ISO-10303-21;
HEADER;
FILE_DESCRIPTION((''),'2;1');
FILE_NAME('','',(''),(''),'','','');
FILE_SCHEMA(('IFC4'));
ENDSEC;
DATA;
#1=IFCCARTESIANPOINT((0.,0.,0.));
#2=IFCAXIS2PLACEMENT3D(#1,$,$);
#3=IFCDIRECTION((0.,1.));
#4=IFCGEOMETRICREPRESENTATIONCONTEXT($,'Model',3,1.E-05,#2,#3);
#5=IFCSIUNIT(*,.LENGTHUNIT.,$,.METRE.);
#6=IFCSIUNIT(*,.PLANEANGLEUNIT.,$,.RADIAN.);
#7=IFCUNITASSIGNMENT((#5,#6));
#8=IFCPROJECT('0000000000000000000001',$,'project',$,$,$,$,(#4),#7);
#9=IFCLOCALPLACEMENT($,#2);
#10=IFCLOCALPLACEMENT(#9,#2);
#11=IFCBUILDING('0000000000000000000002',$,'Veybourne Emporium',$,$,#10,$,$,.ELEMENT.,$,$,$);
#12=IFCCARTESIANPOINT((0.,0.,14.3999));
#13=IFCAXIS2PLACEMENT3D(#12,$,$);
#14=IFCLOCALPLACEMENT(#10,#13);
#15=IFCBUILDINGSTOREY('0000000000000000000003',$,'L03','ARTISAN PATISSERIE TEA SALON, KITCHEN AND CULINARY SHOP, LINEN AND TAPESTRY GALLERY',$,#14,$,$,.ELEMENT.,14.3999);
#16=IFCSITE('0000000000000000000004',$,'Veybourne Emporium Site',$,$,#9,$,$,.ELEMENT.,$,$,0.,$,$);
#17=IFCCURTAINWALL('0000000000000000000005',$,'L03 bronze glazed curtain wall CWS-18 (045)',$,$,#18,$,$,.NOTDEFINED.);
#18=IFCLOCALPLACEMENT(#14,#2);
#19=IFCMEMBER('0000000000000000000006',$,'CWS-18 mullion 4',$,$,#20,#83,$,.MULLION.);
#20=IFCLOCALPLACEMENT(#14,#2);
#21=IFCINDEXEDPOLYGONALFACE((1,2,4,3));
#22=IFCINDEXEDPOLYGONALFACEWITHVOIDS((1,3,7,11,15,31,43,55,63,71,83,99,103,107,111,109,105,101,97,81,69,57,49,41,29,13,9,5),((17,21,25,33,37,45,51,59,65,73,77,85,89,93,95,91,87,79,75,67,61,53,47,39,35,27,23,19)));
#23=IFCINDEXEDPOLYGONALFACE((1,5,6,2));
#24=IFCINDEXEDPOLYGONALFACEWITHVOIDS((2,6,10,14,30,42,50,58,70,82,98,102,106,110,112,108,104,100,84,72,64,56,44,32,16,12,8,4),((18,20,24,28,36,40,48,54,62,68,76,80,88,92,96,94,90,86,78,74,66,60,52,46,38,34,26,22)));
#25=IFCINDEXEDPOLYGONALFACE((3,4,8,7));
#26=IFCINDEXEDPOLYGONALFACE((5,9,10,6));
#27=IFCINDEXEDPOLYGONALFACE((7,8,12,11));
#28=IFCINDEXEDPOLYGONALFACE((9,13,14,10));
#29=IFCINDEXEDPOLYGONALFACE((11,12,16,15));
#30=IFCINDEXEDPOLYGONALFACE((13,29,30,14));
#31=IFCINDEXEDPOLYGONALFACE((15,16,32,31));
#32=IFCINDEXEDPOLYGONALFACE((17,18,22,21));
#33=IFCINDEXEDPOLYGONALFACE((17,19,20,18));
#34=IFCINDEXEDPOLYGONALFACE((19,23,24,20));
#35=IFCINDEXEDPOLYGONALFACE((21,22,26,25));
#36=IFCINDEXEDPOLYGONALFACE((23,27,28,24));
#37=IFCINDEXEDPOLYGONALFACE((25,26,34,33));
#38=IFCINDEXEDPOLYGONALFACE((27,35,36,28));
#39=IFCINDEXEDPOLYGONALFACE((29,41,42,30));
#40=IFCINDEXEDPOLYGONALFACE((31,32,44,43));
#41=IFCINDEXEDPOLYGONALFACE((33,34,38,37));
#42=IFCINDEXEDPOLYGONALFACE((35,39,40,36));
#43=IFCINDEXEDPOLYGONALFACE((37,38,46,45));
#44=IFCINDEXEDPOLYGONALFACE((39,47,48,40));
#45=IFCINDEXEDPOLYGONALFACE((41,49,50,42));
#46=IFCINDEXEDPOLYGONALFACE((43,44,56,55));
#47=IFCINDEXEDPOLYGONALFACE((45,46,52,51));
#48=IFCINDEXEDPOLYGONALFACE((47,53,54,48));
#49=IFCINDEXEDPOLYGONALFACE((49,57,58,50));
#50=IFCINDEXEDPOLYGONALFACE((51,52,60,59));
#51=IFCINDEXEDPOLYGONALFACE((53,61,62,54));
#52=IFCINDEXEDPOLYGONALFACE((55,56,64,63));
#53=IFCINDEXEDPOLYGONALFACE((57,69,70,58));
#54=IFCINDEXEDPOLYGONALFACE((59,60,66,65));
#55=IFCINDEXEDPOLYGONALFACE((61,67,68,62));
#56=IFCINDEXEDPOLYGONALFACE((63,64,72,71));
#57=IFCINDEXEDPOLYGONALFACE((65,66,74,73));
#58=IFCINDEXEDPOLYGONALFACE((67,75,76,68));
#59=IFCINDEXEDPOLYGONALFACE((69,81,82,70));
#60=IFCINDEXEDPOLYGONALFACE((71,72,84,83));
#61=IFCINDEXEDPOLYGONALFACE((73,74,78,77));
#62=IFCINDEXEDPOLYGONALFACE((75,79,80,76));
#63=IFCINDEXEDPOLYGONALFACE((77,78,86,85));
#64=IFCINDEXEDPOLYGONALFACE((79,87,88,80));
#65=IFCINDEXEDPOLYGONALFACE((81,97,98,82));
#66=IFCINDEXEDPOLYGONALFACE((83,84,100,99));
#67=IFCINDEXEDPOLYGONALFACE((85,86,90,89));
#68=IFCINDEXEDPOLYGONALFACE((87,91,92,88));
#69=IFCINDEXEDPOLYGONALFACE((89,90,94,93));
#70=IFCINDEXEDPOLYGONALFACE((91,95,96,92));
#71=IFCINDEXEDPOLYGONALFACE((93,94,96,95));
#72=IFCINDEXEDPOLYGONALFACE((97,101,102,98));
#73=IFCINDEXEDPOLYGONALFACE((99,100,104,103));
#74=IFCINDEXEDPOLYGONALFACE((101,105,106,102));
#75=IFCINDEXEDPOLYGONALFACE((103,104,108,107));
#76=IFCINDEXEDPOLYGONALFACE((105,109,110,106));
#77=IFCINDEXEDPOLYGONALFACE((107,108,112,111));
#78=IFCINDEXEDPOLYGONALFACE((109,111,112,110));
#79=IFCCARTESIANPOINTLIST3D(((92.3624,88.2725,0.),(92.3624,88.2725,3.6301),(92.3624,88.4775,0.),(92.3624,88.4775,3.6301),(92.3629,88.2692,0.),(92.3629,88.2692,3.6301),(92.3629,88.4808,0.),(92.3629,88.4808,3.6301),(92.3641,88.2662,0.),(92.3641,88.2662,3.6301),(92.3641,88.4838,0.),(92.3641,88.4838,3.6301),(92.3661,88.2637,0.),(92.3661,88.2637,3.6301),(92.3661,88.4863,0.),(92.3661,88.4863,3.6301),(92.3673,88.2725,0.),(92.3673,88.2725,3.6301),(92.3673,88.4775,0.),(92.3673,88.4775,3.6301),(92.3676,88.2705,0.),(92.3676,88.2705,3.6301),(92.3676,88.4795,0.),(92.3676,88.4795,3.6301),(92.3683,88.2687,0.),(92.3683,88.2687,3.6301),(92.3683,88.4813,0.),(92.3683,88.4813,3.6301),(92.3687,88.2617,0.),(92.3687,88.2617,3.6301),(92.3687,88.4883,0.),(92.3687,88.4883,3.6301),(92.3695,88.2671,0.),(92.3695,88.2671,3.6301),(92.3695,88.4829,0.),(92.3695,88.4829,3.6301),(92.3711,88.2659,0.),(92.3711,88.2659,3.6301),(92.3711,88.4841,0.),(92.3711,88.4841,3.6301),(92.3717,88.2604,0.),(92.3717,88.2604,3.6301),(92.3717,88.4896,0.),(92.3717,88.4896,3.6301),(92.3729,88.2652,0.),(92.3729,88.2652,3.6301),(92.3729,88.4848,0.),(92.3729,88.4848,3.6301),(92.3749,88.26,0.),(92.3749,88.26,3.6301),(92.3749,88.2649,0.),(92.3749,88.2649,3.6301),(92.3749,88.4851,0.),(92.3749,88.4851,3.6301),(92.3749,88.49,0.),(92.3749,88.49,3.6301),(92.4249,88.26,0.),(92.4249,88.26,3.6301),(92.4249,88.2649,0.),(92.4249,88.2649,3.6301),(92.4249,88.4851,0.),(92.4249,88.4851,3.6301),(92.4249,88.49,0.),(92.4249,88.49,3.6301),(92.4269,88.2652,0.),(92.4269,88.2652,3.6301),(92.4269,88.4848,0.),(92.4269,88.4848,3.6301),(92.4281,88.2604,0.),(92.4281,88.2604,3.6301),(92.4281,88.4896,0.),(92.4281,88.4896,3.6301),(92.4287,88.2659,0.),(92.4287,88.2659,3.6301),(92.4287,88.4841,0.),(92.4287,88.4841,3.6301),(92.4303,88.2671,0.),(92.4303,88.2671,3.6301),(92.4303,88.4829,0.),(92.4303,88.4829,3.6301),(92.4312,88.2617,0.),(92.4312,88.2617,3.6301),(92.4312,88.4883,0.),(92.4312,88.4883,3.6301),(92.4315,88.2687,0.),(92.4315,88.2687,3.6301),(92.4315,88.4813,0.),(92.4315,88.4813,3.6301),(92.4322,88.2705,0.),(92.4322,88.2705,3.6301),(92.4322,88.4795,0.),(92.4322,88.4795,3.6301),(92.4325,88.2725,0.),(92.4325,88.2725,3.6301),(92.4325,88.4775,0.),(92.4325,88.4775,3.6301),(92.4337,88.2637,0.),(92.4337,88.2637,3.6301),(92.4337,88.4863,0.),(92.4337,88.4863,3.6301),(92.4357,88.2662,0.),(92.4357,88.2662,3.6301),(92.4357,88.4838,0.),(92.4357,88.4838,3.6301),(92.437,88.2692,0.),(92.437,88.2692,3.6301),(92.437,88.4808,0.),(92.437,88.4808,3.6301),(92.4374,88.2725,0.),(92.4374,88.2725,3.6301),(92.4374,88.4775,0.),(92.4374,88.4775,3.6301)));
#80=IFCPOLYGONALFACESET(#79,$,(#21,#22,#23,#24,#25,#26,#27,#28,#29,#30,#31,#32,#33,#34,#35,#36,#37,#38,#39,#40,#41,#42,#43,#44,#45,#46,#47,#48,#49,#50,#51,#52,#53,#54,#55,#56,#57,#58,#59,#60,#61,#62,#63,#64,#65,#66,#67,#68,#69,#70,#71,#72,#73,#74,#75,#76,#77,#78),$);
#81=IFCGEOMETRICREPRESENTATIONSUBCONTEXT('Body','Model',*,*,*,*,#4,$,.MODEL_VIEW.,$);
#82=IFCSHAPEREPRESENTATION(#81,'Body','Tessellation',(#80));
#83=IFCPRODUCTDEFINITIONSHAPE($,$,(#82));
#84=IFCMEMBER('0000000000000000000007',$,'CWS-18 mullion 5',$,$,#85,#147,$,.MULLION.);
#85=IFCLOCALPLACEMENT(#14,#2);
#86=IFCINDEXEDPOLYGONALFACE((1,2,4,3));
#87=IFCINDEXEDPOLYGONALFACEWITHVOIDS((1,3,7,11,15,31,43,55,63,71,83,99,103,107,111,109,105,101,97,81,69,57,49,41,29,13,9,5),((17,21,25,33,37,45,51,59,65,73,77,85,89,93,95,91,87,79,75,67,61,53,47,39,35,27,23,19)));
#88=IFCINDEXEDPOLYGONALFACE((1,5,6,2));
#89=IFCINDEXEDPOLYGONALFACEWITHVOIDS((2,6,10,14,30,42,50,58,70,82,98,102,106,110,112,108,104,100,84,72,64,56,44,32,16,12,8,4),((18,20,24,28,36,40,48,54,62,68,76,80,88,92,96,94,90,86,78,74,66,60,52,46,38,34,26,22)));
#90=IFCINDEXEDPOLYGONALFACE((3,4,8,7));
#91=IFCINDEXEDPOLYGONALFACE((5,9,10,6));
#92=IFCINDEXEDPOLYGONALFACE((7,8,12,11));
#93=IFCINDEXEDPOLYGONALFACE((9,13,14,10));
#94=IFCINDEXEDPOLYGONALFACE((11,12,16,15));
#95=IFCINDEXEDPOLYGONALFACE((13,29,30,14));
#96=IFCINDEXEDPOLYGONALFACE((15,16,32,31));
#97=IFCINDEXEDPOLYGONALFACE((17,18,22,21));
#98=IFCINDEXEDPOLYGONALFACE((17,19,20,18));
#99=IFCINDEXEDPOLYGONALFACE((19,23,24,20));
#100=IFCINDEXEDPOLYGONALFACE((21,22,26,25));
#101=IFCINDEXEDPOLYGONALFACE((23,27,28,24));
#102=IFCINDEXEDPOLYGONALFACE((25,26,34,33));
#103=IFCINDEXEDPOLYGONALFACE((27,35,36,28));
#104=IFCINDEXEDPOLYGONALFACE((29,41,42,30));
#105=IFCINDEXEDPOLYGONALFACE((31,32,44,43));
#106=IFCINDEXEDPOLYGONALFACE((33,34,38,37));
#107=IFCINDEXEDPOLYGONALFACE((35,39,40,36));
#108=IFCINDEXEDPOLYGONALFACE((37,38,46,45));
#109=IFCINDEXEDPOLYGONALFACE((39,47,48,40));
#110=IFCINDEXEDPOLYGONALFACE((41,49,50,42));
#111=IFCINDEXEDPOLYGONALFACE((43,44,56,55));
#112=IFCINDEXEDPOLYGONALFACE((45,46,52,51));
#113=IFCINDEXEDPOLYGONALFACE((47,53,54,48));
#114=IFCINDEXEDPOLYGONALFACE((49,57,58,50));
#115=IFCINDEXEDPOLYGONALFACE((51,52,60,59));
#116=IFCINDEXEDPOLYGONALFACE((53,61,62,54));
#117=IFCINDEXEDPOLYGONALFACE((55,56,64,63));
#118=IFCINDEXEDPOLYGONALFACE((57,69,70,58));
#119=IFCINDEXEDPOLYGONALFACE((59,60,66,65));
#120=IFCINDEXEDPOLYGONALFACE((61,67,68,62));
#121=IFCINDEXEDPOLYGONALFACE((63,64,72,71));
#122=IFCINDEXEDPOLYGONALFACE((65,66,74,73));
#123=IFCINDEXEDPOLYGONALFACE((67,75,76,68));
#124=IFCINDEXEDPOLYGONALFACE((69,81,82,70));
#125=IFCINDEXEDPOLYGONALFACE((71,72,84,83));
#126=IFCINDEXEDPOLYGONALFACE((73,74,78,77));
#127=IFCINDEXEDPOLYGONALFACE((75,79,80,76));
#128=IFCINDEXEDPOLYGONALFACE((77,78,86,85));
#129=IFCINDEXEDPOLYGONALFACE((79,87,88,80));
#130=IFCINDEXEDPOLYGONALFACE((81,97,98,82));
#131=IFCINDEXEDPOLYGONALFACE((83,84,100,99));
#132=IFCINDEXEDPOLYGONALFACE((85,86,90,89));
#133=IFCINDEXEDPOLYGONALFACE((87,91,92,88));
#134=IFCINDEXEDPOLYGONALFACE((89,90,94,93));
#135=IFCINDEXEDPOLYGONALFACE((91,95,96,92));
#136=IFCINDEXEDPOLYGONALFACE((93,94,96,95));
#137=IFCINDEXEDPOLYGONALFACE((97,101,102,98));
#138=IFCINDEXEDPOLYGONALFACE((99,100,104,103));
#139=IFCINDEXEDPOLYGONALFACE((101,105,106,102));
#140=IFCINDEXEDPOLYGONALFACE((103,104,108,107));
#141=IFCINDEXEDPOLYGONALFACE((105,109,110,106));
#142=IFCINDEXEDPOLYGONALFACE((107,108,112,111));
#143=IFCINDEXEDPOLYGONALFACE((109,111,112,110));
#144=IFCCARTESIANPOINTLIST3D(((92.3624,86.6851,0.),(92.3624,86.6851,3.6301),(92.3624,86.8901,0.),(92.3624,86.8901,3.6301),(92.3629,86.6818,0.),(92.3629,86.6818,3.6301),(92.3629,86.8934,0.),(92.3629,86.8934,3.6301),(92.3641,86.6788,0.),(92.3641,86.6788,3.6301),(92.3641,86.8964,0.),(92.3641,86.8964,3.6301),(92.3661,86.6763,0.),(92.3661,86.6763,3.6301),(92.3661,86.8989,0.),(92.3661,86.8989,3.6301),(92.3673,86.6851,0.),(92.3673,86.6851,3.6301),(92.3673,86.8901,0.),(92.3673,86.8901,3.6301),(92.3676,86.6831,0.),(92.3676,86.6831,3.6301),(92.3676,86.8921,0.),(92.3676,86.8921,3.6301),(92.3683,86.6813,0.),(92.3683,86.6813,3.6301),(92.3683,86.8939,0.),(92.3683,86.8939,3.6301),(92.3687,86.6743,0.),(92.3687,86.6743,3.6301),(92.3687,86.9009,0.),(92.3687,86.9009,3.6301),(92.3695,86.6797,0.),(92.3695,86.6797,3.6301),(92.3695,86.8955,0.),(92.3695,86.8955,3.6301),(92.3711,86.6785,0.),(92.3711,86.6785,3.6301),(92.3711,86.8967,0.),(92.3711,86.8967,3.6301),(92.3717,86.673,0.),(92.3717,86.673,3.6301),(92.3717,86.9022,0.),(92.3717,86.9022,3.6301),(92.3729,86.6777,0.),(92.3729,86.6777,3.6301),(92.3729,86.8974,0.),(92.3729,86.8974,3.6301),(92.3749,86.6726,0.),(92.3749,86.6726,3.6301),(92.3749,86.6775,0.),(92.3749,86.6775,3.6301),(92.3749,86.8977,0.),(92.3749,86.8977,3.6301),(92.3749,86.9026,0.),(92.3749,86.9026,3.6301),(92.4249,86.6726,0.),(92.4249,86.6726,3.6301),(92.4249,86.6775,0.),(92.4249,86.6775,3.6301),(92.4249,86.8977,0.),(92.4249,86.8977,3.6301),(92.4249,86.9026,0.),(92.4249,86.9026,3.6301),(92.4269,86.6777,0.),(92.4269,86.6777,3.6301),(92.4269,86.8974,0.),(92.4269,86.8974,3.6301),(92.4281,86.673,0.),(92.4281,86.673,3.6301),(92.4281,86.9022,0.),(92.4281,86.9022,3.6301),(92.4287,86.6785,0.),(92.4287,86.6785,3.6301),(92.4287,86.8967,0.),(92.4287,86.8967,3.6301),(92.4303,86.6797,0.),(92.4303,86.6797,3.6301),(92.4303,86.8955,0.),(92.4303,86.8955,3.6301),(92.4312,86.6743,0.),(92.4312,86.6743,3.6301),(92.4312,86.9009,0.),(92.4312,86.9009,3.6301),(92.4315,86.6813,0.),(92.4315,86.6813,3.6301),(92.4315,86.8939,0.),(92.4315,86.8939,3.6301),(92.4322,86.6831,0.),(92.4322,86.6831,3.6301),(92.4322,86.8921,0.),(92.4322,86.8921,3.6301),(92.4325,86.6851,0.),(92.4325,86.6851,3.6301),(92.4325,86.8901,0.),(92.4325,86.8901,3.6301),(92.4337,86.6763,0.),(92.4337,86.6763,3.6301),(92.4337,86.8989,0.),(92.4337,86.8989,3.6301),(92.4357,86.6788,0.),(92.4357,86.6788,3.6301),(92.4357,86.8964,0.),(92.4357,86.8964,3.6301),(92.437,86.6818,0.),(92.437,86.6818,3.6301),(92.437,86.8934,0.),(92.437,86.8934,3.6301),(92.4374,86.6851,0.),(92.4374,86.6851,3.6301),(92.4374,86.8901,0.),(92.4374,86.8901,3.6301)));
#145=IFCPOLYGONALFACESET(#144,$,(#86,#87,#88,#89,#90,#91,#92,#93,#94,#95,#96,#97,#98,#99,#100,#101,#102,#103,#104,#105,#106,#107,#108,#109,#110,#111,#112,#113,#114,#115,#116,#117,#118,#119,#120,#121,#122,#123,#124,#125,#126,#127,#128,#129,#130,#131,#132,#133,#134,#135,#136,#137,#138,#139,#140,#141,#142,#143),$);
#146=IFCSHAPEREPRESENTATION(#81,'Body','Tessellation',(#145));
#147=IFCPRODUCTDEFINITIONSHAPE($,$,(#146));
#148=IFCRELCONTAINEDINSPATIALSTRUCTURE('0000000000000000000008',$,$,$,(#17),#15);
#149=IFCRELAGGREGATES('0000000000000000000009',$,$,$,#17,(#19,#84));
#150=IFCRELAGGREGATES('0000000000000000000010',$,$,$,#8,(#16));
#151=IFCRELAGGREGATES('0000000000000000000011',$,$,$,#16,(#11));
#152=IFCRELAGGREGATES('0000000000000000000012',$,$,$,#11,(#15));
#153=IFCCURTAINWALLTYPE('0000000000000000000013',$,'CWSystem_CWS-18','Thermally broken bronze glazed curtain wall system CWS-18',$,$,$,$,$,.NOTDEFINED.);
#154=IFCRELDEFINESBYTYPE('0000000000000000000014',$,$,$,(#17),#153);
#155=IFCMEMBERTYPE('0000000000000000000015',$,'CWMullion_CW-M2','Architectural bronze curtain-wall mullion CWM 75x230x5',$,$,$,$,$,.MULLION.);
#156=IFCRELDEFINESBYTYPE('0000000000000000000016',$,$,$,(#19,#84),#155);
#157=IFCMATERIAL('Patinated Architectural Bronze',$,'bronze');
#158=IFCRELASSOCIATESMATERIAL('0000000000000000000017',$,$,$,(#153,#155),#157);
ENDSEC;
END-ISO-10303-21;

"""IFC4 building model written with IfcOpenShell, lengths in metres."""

from ifc_helpers import new_model, si_unit, direction, frame, origin, origin_2d, place, context, subcontext, project, spatial, hollow_rectangle, extrude, material, material_profile, profile_set, type_object, element, aggregate, save


model = new_model("IFC4")

# Units and contexts
model_context = context("Model", 3, precision=1e-05, world=origin(), true_north=direction((0.0, 1.0)))
body_context = subcontext(model_context, "Body", "Model", "MODEL_VIEW")
ifc_project = project(units=[si_unit("LENGTHUNIT", "METRE"), si_unit("PLANEANGLEUNIT", "RADIAN")], contexts=[model_context])

# Site, building, storey
site_placement = place(None, origin())
site = spatial("IfcSite", under=ifc_project, at=site_placement, Name="Veybourne Emporium Site", CompositionType="ELEMENT", RefElevation=0.0)
building_placement = place(site_placement, origin())
building = spatial("IfcBuilding", under=site, at=building_placement, Name="Veybourne Emporium", CompositionType="ELEMENT")
storey_placement = place(building_placement, frame((0.0, 0.0, 14.3999)))
storey = spatial("IfcBuildingStorey", under=building, at=storey_placement, Name="L03", Description="ARTISAN PATISSERIE TEA SALON, KITCHEN AND CULINARY SHOP, LINEN AND TAPESTRY GALLERY", CompositionType="ELEMENT", Elevation=14.3999)

# Curtain wall, members
ifc_material_1 = material(Name="Patinated Architectural Bronze", Category="bronze")
curtain_wall_type = type_object("IfcCurtainWallType", Name="CWSystem_CWS-18", Description="Thermally broken bronze glazed curtain wall system CWS-18", PredefinedType="NOTDEFINED", material=ifc_material_1)
curtain_wall_placement = place(storey_placement, origin())
curtain_wall = element("IfcCurtainWall", 1, at=curtain_wall_placement, inside=storey, type_object=curtain_wall_type, Name="L03 bronze glazed curtain wall CWS-18 (045)", PredefinedType="NOTDEFINED")
ifc_material_profile_1 = material_profile(ifc_material_1, hollow_rectangle(XDim=0.075, YDim=0.23, WallThickness=0.0049, InnerFilletRadius=0.0076, OuterFilletRadius=0.0125, at=origin_2d()), Name="CWM 75x230x5")
ifc_profile_set_1 = profile_set([ifc_material_profile_1], Name="Patinated Architectural Bronze")
member_type_1 = type_object("IfcMemberType", Name="CWMullion_CW-M2", Description="Architectural bronze curtain-wall mullion CWM 75x230x5", PredefinedType="MULLION", material=ifc_profile_set_1)
member_1_placement = place(storey_placement, frame((92.3999, 88.375, 0.0), z_axis=(0.0, 0.0, 1.0), x_axis=(1.0, 0.0, 0.0)))
member_1 = element("IfcMember", 2, at=member_1_placement, type_object=member_type_1, Name="CWS-18 mullion 4", PredefinedType="MULLION", context=body_context, shape_type="SweptSolid", body=[
    extrude(hollow_rectangle(XDim=0.075, YDim=0.23, WallThickness=0.0049, InnerFilletRadius=0.0076, OuterFilletRadius=0.0125, at=origin_2d()), origin(), (0.0, 0.0, 1.0), 3.6301),
])
member_2_placement = place(storey_placement, frame((92.3999, 86.7876, 0.0), z_axis=(0.0, 0.0, 1.0), x_axis=(1.0, 0.0, 0.0)))
member_2 = element("IfcMember", 3, at=member_2_placement, type_object=member_type_1, Name="CWS-18 mullion 5", PredefinedType="MULLION", context=body_context, shape_type="SweptSolid", body=[
    extrude(hollow_rectangle(XDim=0.075, YDim=0.23, WallThickness=0.0049, InnerFilletRadius=0.0076, OuterFilletRadius=0.0125, at=origin_2d()), origin(), (0.0, 0.0, 1.0), 3.6301),
])

aggregate(curtain_wall, [member_1, member_2])

save(model, "model.ifc")
